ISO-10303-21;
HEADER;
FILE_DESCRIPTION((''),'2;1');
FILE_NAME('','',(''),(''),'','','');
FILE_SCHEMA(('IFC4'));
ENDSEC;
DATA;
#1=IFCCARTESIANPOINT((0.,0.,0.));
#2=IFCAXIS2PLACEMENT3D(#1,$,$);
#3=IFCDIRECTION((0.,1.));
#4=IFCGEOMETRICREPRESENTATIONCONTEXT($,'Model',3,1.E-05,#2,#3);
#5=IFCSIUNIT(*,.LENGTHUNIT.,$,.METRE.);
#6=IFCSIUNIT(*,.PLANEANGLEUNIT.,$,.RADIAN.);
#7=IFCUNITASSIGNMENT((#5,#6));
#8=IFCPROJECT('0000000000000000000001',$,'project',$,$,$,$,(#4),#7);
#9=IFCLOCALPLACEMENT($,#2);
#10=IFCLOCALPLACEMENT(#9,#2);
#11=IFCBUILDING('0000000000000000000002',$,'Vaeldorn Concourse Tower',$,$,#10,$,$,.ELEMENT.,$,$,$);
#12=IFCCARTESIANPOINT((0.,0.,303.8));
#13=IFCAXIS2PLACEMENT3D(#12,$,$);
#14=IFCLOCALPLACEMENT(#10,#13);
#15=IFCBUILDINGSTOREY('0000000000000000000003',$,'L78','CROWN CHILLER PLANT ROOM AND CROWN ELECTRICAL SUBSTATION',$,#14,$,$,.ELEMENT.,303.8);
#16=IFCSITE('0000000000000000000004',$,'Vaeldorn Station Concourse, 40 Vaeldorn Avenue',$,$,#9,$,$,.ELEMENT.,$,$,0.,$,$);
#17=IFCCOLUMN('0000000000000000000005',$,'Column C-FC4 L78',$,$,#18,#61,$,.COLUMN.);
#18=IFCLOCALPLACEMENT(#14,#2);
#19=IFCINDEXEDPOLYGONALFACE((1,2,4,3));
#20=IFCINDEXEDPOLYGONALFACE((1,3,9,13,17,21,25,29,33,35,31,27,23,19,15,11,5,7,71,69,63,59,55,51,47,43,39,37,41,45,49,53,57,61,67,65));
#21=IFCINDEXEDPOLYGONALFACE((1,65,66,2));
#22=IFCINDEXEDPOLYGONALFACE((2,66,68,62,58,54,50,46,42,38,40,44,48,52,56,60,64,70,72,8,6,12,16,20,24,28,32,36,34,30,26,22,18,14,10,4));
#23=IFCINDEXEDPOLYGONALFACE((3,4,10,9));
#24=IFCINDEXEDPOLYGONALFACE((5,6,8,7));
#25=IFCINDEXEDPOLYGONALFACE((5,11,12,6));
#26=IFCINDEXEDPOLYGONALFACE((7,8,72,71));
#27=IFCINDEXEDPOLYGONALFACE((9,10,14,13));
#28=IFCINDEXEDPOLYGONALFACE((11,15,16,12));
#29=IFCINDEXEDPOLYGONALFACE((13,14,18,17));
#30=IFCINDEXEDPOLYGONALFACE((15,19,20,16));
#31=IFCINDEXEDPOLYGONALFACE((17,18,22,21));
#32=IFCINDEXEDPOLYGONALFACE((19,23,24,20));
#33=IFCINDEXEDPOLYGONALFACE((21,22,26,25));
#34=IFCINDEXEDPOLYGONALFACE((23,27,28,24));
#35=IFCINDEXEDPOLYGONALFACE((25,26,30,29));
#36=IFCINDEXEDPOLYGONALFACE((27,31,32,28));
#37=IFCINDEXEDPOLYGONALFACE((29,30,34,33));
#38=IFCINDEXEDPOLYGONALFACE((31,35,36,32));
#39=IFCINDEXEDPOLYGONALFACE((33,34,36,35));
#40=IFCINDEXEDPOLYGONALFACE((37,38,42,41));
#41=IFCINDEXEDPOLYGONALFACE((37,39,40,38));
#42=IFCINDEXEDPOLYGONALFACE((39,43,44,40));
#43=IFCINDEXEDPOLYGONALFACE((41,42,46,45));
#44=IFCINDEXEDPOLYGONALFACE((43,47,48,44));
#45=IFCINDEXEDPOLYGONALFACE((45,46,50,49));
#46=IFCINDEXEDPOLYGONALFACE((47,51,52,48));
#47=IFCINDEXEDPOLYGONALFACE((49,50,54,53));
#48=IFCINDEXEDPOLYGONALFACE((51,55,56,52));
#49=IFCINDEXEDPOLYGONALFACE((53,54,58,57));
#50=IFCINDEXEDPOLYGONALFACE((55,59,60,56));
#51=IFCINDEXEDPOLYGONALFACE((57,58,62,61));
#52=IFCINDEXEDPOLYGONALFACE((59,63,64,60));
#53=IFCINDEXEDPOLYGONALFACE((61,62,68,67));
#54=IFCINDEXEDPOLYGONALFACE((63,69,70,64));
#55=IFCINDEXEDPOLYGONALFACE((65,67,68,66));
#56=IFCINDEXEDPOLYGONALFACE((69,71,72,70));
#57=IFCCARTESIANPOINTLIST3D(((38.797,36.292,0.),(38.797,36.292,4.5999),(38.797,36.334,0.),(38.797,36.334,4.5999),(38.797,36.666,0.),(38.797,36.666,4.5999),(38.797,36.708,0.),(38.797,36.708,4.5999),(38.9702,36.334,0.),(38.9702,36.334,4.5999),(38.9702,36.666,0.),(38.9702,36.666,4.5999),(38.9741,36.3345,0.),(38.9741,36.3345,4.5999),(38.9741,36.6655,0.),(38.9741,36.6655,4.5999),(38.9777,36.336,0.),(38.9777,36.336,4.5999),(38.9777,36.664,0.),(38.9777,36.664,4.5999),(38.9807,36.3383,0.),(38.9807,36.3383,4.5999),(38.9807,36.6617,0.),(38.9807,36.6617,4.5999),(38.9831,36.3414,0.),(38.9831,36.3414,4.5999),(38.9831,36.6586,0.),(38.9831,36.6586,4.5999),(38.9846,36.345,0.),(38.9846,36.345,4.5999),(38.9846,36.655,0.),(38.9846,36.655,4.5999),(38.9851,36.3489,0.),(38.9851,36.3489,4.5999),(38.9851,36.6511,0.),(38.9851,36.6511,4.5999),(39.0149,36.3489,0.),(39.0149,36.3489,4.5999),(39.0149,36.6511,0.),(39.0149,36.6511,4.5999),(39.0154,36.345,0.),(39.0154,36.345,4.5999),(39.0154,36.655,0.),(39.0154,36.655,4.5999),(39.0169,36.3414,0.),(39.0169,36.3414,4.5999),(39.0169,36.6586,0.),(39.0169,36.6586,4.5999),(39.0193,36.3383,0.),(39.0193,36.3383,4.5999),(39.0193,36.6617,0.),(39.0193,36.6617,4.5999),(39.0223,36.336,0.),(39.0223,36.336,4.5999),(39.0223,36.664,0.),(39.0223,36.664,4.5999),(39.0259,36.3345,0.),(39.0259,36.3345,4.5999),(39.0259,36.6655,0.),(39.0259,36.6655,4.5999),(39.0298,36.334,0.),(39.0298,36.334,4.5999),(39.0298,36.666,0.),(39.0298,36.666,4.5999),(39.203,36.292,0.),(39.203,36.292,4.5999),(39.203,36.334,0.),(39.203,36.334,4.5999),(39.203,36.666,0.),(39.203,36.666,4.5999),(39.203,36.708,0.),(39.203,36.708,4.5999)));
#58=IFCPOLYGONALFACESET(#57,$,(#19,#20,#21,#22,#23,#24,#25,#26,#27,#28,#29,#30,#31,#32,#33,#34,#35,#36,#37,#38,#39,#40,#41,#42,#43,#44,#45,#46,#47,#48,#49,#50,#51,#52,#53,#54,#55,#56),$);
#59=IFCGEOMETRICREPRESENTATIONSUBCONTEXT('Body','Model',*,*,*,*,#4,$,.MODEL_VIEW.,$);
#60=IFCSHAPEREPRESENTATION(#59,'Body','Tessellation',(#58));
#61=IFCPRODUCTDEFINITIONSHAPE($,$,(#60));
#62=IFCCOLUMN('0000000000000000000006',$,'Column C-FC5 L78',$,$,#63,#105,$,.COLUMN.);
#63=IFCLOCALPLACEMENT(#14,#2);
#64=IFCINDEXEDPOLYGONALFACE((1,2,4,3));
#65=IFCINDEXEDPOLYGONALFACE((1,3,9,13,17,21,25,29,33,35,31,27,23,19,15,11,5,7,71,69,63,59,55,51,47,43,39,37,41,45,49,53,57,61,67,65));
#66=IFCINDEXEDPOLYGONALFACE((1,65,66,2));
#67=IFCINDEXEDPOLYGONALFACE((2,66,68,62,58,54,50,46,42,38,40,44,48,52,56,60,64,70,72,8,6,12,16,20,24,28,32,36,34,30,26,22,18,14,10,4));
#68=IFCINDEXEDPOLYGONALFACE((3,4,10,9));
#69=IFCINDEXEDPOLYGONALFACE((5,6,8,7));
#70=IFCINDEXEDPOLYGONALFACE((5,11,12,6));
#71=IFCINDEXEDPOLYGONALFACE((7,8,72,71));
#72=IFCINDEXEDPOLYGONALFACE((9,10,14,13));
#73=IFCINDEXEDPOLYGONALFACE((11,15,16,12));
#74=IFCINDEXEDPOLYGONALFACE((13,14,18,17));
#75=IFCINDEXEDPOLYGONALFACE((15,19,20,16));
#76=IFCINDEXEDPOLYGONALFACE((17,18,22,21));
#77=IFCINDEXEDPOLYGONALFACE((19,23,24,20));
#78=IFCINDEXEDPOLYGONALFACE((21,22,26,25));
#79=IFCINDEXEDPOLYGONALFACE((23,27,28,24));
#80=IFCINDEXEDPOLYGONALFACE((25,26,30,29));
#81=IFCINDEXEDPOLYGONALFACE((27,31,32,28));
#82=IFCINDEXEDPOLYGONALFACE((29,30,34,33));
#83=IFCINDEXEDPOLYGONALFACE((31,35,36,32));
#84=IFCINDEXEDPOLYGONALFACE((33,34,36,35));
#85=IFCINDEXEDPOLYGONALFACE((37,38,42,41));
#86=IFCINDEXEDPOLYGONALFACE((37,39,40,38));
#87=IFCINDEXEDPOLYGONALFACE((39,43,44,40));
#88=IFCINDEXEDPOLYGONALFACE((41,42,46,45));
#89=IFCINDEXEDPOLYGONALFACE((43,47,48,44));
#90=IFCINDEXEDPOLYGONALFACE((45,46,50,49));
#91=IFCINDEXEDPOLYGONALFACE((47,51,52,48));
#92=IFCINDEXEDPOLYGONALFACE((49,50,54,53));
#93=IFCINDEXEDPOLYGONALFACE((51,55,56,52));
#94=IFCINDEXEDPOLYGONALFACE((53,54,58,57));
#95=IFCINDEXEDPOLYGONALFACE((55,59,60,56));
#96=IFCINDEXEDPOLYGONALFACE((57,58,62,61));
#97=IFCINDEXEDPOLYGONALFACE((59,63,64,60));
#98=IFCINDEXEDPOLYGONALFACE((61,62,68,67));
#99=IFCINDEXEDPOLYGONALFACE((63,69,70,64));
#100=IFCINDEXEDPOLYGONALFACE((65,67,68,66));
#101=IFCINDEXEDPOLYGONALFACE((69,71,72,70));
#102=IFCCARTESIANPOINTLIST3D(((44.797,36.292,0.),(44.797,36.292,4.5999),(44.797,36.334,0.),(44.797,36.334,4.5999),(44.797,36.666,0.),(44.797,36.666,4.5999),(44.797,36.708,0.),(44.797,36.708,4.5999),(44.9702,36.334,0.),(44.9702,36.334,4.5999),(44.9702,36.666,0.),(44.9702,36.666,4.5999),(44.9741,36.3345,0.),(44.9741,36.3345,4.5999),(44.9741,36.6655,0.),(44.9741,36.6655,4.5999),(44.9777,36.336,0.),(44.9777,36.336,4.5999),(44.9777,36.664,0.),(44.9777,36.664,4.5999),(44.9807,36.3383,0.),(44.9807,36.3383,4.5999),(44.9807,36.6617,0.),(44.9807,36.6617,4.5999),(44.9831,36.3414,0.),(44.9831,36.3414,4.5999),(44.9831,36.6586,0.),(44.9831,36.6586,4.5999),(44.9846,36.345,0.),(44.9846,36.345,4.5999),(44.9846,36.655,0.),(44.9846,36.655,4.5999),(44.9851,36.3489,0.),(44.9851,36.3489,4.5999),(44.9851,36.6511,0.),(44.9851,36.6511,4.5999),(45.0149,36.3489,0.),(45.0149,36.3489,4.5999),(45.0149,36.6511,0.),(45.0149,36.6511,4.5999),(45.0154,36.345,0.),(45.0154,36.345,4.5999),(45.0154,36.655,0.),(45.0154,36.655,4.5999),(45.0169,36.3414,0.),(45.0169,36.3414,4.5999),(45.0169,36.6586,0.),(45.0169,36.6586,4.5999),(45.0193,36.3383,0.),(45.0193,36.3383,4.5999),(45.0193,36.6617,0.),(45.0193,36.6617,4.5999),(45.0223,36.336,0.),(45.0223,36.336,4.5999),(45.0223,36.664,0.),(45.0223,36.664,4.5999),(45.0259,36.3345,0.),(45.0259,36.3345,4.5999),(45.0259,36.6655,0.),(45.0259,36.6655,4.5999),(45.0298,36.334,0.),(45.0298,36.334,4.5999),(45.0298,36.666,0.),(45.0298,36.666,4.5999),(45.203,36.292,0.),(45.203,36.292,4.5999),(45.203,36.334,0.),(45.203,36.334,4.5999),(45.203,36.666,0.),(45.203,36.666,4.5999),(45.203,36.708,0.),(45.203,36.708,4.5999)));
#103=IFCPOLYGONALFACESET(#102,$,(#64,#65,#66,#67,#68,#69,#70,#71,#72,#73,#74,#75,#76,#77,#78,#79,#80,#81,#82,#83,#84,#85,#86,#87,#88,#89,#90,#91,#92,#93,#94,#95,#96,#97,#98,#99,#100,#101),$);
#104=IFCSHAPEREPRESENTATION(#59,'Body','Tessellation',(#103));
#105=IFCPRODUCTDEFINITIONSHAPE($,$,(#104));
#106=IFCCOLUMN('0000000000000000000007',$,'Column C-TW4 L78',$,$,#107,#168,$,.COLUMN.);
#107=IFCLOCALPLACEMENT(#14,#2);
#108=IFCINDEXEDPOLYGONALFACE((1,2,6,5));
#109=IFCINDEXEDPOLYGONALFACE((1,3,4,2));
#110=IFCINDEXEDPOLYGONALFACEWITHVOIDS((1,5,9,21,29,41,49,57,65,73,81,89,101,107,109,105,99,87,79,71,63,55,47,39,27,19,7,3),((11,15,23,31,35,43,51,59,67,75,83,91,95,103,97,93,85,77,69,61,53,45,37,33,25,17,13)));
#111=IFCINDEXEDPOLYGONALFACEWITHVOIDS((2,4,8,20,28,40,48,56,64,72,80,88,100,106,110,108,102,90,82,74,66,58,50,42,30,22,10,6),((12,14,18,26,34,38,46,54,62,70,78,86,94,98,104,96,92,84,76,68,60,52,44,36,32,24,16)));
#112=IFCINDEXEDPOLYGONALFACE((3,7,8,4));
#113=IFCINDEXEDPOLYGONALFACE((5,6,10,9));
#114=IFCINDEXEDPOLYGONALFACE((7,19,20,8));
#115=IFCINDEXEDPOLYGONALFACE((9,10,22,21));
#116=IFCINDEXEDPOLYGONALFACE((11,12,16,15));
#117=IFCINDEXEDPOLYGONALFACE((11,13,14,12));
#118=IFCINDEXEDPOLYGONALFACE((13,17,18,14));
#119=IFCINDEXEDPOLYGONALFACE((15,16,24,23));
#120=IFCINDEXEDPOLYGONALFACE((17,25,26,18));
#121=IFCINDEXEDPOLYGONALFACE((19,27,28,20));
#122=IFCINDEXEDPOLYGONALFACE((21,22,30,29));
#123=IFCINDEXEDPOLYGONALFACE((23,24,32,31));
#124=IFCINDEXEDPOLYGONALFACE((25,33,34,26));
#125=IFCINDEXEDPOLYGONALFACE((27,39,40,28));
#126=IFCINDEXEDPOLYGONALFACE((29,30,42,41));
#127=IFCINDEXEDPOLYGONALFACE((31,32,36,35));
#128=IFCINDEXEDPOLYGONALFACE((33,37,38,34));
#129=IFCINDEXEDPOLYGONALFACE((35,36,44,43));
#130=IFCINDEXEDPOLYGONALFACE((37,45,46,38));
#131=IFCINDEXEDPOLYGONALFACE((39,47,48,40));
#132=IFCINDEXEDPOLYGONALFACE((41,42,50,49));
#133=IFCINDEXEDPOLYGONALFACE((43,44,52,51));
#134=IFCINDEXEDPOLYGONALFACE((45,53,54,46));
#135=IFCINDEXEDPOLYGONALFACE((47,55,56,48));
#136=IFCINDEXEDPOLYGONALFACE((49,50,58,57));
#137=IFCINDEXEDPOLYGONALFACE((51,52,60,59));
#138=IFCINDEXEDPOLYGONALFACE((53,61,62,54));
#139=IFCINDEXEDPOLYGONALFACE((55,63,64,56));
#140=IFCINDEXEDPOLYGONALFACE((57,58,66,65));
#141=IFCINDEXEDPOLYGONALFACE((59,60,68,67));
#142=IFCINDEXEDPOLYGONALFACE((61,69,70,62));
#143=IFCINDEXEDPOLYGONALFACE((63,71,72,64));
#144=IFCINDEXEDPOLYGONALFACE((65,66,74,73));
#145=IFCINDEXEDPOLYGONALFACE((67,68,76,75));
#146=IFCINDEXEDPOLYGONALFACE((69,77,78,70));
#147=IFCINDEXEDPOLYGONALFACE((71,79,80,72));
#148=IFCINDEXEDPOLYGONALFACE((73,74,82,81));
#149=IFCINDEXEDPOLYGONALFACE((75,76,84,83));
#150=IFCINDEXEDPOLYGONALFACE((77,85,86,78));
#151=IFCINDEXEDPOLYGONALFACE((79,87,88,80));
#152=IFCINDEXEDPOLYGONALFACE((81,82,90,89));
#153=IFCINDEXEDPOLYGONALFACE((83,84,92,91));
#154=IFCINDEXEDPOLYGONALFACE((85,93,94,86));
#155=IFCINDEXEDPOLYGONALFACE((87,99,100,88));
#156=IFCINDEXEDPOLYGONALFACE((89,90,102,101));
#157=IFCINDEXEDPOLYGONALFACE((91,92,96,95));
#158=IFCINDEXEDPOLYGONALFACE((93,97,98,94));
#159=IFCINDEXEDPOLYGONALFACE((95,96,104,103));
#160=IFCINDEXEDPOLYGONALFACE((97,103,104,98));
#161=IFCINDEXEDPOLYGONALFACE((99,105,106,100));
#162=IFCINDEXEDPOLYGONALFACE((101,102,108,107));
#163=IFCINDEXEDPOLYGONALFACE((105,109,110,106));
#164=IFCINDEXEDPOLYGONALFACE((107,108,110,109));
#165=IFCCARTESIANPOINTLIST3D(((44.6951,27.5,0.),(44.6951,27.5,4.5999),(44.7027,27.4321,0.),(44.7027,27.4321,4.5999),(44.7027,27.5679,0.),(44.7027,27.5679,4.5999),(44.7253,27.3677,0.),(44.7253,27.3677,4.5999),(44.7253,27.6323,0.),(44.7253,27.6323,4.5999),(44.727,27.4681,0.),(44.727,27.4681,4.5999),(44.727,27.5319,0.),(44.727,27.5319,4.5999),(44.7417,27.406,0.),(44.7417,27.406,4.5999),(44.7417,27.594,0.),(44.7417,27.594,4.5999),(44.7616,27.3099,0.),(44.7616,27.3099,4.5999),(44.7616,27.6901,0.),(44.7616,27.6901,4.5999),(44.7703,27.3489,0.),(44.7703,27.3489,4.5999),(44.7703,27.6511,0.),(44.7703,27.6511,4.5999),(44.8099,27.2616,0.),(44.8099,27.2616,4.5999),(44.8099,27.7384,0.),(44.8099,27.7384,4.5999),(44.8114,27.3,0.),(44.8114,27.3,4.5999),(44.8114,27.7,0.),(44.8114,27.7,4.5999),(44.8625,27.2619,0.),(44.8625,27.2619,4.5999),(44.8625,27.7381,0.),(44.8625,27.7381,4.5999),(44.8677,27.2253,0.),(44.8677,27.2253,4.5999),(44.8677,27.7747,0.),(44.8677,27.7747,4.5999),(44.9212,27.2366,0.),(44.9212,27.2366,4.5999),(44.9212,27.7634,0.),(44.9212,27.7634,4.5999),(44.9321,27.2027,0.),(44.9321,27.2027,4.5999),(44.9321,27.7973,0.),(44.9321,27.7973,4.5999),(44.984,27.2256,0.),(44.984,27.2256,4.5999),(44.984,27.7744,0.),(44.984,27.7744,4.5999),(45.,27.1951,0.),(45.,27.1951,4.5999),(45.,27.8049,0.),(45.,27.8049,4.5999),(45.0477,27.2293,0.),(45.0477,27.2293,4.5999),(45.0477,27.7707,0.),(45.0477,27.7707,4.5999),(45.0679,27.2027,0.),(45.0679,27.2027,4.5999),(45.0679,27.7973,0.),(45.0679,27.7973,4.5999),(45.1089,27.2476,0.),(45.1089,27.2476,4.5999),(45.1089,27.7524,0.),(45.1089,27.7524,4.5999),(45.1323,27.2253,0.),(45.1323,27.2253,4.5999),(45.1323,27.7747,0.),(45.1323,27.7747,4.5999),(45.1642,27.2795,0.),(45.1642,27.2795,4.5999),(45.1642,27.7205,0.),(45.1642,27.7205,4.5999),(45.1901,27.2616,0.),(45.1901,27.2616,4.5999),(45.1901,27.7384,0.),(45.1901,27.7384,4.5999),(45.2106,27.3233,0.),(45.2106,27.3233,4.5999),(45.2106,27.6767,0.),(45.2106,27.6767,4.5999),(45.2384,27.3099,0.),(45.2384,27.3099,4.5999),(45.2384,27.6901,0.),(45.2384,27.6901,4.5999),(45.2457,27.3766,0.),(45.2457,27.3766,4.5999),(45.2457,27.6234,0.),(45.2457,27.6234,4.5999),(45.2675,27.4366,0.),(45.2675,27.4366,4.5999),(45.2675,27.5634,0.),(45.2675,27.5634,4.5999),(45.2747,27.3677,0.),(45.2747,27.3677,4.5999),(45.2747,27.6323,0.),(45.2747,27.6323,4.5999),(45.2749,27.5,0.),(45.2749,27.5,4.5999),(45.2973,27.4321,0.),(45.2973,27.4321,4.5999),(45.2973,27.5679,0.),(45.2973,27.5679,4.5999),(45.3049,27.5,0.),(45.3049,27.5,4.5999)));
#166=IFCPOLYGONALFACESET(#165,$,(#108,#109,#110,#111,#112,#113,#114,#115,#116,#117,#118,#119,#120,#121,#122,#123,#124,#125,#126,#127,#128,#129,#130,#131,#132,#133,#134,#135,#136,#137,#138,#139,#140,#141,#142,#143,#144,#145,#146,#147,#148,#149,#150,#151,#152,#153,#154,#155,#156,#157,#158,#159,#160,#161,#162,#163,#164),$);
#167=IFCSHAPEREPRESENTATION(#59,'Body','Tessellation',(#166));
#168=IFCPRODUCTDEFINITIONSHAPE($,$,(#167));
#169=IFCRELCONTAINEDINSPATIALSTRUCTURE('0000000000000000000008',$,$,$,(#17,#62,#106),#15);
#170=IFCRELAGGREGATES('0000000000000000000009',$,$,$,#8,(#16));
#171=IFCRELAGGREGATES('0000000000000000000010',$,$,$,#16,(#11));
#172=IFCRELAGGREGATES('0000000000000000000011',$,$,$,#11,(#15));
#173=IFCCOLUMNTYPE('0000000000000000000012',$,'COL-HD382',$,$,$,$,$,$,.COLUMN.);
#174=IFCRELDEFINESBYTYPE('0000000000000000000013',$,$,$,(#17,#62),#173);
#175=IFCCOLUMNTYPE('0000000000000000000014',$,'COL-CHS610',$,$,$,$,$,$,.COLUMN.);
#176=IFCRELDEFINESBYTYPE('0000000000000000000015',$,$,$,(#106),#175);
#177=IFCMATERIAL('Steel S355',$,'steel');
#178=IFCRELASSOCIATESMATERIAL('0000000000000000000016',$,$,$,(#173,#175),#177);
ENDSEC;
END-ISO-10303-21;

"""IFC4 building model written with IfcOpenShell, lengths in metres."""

from ifc_helpers import new_model, si_unit, direction, frame, origin, origin_2d, place, context, subcontext, project, spatial, hollow_circle, i_section, extrude, source, transform, mapped, material, material_profile, profile_set, type_object, element, save


model = new_model("IFC4")

# Units and contexts
model_context = context("Model", 3, precision=1e-05, world=origin(), true_north=direction((0.0, 1.0)))
body_context = subcontext(model_context, "Body", "Model", "MODEL_VIEW")
ifc_project = project(units=[si_unit("LENGTHUNIT", "METRE"), si_unit("PLANEANGLEUNIT", "RADIAN")], contexts=[model_context])

# Site, building, storey
site_placement = place(None, origin())
site = spatial("IfcSite", under=ifc_project, at=site_placement, Name="Vaeldorn Station Concourse, 40 Vaeldorn Avenue", CompositionType="ELEMENT", RefElevation=0.0)
building_placement = place(site_placement, origin())
building = spatial("IfcBuilding", under=site, at=building_placement, Name="Vaeldorn Concourse Tower", CompositionType="ELEMENT")
storey_placement = place(building_placement, frame((0.0, 0.0, 303.8)))
storey = spatial("IfcBuildingStorey", under=building, at=storey_placement, Name="L78", Description="CROWN CHILLER PLANT ROOM AND CROWN ELECTRICAL SUBSTATION", CompositionType="ELEMENT", Elevation=303.8)

# Columns
ifc_material_1 = material(Name="Steel S355", Category="steel")
ifc_material_profile_1 = material_profile(ifc_material_1, i_section(OverallWidth=0.406, OverallDepth=0.416, WebThickness=0.0298, FlangeThickness=0.042, FilletRadius=0.0149, at=origin_2d()), Name="HD 400x382")
ifc_profile_set_1 = profile_set([ifc_material_profile_1], Name="Steel S355")
column_type_1 = type_object("IfcColumnType", Name="COL-HD382", PredefinedType="COLUMN", material=ifc_profile_set_1)
shared_shape_1 = source(origin(), body_context, "Body", "SweptSolid", [
    extrude(i_section(OverallWidth=0.406, OverallDepth=0.416, WebThickness=0.0298, FlangeThickness=0.042, FilletRadius=0.0149, at=origin_2d()), origin(), (0.0, 0.0, 1.0), 4.5999),
])
for number, where, z_axis, x_axis, name in (
    (1, (39.0, 36.5, 0.0), (0.0, 0.0, 1.0), (1.0, 0.0, 0.0), "Column C-FC4 L78"),
    (2, (45.0, 36.5, 0.0), (0.0, 0.0, 1.0), (1.0, 0.0, 0.0), "Column C-FC5 L78"),
):
    element("IfcColumn", number, at=place(storey_placement, frame(where, z_axis=z_axis, x_axis=x_axis)), inside=storey, type_object=column_type_1, Name=name, PredefinedType="COLUMN", context=body_context, shape_type="MappedRepresentation", body=[
        mapped(shared_shape_1, transform((0.0, 0.0, 0.0), scale=1.0)),
    ])
ifc_material_profile_2 = material_profile(ifc_material_1, hollow_circle(Radius=0.3049, WallThickness=0.03, at=origin_2d()), Name="CHS 610x30")
ifc_profile_set_2 = profile_set([ifc_material_profile_2], Name="Steel S355")
column_type_2 = type_object("IfcColumnType", Name="COL-CHS610", PredefinedType="COLUMN", material=ifc_profile_set_2)
shared_shape_2 = source(origin(), body_context, "Body", "SweptSolid", [
    extrude(hollow_circle(Radius=0.3049, WallThickness=0.03, at=origin_2d()), origin(), (0.0, 0.0, 1.0), 4.5999),
])
column_1_placement = place(storey_placement, frame((45.0, 27.5, 0.0), z_axis=(0.0, 0.0, 1.0), x_axis=(1.0, 0.0, 0.0)))
element("IfcColumn", 3, at=column_1_placement, inside=storey, type_object=column_type_2, Name="Column C-TW4 L78", PredefinedType="COLUMN", context=body_context, shape_type="MappedRepresentation", body=[
    mapped(shared_shape_2, transform((0.0, 0.0, 0.0), scale=1.0)),
])

save(model, "model.ifc")
